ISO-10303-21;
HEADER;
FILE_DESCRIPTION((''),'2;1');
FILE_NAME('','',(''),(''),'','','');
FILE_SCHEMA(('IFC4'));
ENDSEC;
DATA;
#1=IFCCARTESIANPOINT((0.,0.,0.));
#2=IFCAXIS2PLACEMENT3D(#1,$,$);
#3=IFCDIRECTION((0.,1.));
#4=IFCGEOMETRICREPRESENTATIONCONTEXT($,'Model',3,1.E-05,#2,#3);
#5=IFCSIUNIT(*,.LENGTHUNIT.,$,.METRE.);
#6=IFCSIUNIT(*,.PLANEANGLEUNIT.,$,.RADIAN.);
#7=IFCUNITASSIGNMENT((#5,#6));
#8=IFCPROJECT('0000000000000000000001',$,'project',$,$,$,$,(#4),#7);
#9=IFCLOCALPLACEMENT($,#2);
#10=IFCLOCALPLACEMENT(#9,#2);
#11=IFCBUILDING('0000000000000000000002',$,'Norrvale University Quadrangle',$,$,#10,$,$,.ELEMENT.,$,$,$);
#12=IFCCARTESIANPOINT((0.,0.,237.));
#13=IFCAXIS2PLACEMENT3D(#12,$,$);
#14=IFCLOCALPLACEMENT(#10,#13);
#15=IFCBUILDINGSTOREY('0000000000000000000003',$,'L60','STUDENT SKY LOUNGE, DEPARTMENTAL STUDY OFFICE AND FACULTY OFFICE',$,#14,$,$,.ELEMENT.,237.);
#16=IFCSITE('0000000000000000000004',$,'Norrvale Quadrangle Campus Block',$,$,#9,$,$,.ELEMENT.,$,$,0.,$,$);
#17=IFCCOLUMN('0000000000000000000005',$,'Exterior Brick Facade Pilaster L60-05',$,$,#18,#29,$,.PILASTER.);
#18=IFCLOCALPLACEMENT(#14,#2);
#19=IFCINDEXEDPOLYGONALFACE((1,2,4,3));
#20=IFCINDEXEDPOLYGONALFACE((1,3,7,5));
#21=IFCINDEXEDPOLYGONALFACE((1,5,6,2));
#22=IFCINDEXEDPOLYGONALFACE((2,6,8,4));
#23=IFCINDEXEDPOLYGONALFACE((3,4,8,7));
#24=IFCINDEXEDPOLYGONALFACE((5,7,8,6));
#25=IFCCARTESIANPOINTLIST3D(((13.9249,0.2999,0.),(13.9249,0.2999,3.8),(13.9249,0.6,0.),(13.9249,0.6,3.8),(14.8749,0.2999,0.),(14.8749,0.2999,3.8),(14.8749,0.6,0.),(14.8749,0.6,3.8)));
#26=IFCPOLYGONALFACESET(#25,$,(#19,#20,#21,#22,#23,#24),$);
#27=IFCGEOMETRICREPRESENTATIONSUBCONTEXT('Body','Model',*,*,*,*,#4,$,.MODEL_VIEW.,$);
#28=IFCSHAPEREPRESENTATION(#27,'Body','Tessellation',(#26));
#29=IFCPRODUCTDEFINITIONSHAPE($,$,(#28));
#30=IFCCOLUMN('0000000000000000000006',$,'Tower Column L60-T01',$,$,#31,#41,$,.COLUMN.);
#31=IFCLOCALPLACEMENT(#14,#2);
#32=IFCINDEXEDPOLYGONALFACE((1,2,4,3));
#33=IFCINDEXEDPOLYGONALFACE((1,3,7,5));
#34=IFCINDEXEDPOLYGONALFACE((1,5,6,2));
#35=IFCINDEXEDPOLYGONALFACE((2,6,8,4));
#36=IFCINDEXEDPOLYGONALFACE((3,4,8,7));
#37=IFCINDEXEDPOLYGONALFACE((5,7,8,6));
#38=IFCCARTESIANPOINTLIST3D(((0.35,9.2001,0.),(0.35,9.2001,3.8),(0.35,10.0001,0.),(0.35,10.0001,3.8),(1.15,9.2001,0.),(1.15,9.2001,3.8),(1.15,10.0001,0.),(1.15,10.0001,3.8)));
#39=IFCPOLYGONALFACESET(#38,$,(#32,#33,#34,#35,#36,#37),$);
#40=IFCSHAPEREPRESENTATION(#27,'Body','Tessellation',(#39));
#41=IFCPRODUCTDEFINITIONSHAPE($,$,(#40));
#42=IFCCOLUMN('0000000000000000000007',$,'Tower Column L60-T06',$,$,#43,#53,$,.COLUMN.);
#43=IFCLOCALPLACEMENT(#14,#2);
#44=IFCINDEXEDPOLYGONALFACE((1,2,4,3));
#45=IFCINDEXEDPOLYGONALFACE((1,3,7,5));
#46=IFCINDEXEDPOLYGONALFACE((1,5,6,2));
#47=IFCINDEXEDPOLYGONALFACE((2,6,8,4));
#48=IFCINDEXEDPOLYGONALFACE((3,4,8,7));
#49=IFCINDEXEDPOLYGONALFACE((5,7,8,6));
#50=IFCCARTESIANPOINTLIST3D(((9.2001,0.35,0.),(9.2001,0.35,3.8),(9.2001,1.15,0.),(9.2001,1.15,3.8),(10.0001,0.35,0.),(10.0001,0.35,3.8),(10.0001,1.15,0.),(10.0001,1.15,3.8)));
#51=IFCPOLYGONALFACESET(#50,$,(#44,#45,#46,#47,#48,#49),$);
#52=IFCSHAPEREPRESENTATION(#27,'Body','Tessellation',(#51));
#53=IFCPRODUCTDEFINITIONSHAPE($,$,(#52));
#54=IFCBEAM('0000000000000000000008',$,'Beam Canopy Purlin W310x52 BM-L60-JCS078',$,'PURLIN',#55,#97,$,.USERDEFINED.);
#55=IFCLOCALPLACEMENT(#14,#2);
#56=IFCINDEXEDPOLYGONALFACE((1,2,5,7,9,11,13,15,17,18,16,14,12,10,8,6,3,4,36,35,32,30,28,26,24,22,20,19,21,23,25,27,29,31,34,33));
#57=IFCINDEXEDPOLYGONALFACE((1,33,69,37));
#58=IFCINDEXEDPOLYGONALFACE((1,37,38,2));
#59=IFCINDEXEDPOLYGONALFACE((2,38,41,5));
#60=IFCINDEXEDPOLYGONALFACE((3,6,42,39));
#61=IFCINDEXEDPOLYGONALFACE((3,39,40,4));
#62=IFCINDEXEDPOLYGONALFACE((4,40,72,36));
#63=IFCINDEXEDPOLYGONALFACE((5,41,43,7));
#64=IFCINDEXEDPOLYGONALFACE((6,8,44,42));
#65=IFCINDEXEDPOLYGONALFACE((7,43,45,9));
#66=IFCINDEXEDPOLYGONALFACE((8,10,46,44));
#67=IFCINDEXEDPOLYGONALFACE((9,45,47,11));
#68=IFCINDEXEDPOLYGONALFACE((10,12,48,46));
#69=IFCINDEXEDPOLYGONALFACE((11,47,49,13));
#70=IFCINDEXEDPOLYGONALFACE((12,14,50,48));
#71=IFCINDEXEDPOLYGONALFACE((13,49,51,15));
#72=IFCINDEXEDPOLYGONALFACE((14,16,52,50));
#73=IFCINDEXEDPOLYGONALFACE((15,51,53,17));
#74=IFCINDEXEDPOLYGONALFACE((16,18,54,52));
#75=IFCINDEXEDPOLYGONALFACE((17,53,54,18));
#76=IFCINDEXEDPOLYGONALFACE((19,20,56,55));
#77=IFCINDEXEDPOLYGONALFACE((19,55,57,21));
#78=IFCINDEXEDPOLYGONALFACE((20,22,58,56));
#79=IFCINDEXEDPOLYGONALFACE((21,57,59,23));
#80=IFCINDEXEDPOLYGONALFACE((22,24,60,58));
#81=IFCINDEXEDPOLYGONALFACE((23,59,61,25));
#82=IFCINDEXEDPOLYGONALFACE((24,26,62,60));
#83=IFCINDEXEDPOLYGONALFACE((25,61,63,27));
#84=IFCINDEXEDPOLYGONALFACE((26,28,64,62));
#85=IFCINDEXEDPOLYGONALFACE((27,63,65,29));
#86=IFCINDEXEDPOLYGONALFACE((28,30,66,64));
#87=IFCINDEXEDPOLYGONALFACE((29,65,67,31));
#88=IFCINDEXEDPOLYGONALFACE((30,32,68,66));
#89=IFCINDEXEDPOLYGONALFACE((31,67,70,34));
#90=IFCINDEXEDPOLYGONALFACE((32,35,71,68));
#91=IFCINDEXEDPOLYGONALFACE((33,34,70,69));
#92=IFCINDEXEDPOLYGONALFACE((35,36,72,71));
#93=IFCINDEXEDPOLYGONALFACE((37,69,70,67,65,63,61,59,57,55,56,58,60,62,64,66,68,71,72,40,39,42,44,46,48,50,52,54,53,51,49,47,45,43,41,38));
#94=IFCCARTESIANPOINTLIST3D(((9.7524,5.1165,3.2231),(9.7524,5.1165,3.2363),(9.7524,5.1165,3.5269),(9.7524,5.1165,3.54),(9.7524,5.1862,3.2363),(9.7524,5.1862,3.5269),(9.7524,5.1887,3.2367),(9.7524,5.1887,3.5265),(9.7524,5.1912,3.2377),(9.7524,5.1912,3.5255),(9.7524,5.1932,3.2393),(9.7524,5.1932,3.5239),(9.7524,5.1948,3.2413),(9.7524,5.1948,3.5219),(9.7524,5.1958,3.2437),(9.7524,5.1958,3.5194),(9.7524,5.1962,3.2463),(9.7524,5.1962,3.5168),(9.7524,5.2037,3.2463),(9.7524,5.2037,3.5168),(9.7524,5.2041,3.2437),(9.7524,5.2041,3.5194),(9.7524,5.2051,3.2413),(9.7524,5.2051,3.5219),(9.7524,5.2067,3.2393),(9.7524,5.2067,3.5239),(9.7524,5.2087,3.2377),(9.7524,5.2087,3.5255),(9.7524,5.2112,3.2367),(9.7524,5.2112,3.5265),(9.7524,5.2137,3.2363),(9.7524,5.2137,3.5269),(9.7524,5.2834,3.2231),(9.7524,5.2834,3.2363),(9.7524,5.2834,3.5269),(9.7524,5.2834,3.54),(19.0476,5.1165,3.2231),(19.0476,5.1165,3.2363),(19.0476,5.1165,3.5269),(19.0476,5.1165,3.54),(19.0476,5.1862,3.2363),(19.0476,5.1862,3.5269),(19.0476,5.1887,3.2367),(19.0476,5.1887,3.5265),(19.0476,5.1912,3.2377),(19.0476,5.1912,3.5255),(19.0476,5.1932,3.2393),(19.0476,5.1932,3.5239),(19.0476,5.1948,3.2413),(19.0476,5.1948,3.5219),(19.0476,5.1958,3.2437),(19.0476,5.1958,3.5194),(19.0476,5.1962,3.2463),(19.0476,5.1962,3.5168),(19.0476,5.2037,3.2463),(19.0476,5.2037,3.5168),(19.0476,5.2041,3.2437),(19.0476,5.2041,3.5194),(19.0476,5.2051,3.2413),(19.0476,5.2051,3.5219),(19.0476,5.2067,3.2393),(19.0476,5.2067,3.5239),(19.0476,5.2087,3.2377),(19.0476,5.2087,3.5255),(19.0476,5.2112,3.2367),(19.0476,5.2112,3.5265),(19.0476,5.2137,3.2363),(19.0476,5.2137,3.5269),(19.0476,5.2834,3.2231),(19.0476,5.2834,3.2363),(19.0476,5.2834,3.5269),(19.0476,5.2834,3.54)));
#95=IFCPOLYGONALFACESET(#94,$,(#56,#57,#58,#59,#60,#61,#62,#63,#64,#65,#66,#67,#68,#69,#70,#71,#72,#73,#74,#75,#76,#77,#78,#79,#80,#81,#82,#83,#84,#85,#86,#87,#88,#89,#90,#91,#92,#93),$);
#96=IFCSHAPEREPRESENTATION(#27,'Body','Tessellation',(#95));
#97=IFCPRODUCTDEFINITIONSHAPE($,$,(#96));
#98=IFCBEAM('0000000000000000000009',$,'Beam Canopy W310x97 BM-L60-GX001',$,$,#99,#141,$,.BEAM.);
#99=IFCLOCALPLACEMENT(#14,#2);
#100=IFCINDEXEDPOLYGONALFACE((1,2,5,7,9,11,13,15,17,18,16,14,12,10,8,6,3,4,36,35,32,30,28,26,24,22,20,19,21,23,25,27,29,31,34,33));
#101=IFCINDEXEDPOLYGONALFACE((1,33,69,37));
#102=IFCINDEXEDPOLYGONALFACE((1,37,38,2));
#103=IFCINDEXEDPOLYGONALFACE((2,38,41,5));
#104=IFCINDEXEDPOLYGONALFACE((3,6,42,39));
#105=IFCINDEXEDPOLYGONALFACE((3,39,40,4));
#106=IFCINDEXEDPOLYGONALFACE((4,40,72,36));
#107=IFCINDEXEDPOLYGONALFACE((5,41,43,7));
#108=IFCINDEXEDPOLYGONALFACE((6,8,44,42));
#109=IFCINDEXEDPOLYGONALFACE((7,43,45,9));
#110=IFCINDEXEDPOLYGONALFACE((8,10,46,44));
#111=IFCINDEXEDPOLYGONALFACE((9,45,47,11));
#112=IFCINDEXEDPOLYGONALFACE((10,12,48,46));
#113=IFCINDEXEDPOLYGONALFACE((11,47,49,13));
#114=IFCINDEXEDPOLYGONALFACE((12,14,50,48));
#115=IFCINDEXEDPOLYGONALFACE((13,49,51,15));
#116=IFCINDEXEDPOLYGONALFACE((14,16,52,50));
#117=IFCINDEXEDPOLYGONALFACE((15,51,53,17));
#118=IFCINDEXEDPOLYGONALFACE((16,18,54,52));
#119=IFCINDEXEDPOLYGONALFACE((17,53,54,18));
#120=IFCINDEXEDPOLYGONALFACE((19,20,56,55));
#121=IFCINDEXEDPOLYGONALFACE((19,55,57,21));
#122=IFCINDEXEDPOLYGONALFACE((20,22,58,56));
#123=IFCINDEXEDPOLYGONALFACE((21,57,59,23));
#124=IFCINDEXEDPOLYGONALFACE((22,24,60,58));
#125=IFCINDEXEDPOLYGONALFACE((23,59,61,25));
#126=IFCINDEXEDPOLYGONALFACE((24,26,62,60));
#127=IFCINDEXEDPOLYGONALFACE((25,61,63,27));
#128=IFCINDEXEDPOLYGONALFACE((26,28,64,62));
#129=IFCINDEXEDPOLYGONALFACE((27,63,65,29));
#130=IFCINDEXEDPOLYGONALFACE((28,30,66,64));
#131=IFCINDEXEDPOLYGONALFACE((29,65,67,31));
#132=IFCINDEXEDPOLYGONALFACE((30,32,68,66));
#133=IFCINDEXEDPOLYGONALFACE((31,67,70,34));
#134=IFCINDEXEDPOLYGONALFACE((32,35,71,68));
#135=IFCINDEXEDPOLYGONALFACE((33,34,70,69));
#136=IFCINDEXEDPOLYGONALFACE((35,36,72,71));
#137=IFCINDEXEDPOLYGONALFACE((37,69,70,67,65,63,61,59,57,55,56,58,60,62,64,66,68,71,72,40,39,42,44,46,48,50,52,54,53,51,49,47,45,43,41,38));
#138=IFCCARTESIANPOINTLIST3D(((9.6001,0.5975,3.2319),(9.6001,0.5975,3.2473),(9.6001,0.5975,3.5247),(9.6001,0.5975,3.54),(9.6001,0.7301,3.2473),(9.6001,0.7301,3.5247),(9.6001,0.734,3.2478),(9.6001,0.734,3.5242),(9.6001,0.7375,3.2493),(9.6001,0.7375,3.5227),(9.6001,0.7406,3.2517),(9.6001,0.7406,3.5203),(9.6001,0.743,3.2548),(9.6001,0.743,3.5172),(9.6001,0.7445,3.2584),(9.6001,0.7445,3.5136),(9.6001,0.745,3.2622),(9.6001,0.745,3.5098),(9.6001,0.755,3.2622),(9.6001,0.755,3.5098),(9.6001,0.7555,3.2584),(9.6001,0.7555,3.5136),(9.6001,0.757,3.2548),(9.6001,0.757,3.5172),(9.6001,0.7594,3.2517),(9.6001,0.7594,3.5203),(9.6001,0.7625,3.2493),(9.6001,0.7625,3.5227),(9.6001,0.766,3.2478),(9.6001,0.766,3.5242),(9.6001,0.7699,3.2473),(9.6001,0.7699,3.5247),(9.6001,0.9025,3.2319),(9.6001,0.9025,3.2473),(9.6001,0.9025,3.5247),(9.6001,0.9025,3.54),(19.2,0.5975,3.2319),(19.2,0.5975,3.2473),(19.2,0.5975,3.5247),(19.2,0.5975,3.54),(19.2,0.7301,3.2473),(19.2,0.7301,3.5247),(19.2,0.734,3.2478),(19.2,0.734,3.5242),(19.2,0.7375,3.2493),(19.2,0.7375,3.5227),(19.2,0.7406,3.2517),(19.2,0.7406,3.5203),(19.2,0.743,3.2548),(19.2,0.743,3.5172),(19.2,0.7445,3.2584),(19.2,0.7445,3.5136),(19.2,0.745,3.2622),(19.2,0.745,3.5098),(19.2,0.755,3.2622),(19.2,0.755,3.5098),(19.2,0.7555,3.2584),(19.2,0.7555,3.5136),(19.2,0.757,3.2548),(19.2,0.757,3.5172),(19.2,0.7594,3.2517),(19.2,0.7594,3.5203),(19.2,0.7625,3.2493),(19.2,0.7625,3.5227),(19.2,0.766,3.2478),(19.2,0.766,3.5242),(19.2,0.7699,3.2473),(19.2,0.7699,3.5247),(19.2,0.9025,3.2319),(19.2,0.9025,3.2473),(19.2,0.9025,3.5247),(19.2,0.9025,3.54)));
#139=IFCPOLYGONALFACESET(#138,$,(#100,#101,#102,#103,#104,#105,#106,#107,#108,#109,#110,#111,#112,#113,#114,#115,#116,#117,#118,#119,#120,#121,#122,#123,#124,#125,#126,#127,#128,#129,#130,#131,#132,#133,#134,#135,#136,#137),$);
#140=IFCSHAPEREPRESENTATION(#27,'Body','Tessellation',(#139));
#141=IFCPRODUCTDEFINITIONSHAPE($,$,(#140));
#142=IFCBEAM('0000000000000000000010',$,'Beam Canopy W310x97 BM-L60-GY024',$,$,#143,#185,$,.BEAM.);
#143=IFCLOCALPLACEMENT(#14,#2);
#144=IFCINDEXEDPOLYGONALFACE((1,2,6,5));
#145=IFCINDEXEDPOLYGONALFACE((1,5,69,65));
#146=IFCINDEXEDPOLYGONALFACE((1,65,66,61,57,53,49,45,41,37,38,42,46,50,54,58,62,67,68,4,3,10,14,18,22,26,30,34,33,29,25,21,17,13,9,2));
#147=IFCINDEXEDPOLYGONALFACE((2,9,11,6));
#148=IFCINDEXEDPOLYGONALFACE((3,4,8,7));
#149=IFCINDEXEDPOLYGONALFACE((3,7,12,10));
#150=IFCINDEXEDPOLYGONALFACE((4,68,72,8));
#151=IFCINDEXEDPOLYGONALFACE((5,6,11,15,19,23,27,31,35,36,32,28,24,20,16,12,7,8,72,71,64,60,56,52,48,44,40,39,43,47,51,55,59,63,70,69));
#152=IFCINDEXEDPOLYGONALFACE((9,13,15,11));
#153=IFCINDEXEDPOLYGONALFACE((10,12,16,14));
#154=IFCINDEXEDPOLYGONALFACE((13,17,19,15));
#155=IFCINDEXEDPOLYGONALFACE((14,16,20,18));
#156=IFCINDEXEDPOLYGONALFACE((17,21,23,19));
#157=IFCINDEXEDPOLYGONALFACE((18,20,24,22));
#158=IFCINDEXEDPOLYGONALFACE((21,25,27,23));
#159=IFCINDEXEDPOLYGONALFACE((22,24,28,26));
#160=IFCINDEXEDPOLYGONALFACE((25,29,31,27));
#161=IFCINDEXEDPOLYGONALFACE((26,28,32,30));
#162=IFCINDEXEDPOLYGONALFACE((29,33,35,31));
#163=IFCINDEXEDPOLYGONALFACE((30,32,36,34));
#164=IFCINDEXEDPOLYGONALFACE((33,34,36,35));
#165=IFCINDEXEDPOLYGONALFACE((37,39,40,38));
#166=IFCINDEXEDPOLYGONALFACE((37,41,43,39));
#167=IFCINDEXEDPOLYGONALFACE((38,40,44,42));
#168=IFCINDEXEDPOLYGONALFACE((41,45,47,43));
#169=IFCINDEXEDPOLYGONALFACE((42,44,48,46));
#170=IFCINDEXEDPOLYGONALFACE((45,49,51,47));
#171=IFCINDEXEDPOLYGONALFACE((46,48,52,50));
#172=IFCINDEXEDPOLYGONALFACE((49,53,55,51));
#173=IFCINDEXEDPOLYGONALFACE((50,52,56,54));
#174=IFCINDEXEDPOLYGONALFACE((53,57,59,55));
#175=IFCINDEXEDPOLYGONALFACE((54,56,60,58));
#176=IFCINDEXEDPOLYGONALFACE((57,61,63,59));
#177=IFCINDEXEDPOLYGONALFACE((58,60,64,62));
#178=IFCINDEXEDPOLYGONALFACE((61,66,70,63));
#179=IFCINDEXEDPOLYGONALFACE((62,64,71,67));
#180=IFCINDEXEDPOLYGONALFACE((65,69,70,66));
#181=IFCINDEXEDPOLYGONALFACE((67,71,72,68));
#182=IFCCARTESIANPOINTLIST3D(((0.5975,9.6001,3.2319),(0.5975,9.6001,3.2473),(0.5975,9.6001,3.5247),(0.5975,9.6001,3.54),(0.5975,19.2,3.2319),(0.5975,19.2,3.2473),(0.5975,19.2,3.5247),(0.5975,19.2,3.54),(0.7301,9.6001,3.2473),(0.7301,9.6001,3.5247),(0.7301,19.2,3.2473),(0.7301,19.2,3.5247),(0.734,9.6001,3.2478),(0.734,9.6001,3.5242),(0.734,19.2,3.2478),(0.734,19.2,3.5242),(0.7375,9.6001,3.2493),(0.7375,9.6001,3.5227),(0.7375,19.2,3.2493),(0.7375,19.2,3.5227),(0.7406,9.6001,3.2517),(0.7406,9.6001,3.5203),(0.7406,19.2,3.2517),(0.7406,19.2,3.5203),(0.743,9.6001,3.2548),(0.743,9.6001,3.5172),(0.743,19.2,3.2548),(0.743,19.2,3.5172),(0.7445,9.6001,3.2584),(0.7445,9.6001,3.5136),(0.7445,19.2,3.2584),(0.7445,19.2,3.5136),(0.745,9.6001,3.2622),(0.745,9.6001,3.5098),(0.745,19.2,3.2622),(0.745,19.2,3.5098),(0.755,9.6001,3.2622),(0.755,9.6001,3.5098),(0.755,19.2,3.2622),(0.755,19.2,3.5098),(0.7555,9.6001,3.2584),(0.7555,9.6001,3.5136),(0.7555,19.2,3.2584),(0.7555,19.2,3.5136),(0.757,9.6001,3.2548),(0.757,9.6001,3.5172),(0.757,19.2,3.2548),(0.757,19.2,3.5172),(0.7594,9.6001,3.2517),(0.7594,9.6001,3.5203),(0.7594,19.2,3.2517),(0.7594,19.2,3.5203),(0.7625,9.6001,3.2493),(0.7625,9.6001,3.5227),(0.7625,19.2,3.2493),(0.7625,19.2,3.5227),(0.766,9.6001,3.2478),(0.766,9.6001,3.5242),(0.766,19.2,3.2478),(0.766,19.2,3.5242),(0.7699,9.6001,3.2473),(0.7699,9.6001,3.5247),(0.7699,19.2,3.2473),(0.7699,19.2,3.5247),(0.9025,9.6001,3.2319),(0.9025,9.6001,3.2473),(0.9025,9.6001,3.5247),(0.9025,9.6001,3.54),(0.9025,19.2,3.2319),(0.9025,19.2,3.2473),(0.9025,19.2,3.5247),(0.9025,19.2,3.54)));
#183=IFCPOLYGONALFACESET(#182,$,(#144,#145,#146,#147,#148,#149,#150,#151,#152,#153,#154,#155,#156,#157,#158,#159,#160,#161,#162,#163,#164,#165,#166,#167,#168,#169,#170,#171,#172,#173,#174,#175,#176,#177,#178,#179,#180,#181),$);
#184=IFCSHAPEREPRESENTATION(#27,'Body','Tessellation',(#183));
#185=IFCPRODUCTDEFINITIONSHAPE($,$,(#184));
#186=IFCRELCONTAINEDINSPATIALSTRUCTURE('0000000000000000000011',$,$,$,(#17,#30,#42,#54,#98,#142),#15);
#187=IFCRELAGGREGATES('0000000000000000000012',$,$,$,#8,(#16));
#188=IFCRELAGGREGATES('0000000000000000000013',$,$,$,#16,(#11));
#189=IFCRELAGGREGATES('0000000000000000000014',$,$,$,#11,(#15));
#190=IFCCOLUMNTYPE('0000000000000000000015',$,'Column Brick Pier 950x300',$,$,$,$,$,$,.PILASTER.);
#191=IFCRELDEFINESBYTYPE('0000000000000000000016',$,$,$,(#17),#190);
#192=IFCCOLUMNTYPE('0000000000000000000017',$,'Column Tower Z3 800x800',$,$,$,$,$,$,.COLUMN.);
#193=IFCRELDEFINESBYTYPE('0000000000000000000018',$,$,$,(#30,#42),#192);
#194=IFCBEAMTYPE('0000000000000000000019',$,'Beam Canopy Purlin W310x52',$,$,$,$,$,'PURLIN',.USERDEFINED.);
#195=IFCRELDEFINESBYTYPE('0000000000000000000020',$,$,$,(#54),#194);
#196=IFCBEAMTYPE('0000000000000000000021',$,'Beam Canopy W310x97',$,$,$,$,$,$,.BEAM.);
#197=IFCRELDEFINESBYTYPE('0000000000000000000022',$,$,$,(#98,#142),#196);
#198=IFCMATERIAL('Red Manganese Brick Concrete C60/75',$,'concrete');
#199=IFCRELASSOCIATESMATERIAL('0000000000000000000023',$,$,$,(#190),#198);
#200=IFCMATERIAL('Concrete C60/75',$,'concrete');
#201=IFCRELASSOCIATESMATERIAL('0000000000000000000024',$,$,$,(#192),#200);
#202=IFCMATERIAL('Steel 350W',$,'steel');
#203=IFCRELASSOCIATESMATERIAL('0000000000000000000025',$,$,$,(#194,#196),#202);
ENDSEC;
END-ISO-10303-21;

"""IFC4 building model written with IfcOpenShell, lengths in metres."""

from ifc_helpers import new_model, si_unit, direction, frame, origin, origin_2d, place, context, subcontext, project, spatial, rectangle, i_section, extrude, material, material_profile, profile_set, type_object, element, save


model = new_model("IFC4")

# Units and contexts
model_context = context("Model", 3, precision=1e-05, world=origin(), true_north=direction((0.0, 1.0)))
body_context = subcontext(model_context, "Body", "Model", "MODEL_VIEW")
ifc_project = project(units=[si_unit("LENGTHUNIT", "METRE"), si_unit("PLANEANGLEUNIT", "RADIAN")], contexts=[model_context])

# Site, building, storey
site_placement = place(None, origin())
site = spatial("IfcSite", under=ifc_project, at=site_placement, Name="Norrvale Quadrangle Campus Block", CompositionType="ELEMENT", RefElevation=0.0)
building_placement = place(site_placement, origin())
building = spatial("IfcBuilding", under=site, at=building_placement, Name="Norrvale University Quadrangle", CompositionType="ELEMENT")
storey_placement = place(building_placement, frame((0.0, 0.0, 237.0)))
storey = spatial("IfcBuildingStorey", under=building, at=storey_placement, Name="L60", Description="STUDENT SKY LOUNGE, DEPARTMENTAL STUDY OFFICE AND FACULTY OFFICE", CompositionType="ELEMENT", Elevation=237.0)

# Columns
ifc_material_1 = material(Name="Red Manganese Brick Concrete C60/75", Category="concrete")
ifc_material_profile_1 = material_profile(ifc_material_1, rectangle(XDim=0.95, YDim=0.3, at=origin_2d()), Name="Red Manganese Brick Concrete C60/75")
ifc_profile_set_1 = profile_set([ifc_material_profile_1], Name="Red Manganese Brick Concrete C60/75")
column_type_1 = type_object("IfcColumnType", Name="Column Brick Pier 950x300", PredefinedType="PILASTER", material=ifc_profile_set_1)
column_placement = place(storey_placement, frame((14.3999, 0.45, 0.0), z_axis=(0.0, 0.0, 1.0), x_axis=(1.0, 0.0, 0.0)))
element("IfcColumn", 1, at=column_placement, inside=storey, type_object=column_type_1, Name="Exterior Brick Facade Pilaster L60-05", PredefinedType="PILASTER", context=body_context, shape_type="SweptSolid", body=[
    extrude(rectangle(XDim=0.95, YDim=0.3, at=origin_2d()), origin(), (0.0, 0.0, 1.0), 3.8),
])
ifc_material_2 = material(Name="Concrete C60/75", Category="concrete")
ifc_material_profile_2 = material_profile(ifc_material_2, rectangle(XDim=0.8, YDim=0.8, at=origin_2d()), Name="Concrete C60/75")
ifc_profile_set_2 = profile_set([ifc_material_profile_2], Name="Concrete C60/75")
column_type_2 = type_object("IfcColumnType", Name="Column Tower Z3 800x800", PredefinedType="COLUMN", material=ifc_profile_set_2)
for number, where, z_axis, x_axis, name in (
    (2, (0.75, 9.6001, 0.0), (0.0, 0.0, 1.0), (1.0, 0.0, 0.0), "Tower Column L60-T01"),
    (3, (9.6001, 0.75, 0.0), (0.0, 0.0, 1.0), (1.0, 0.0, 0.0), "Tower Column L60-T06"),
):
    element("IfcColumn", number, at=place(storey_placement, frame(where, z_axis=z_axis, x_axis=x_axis)), inside=storey, type_object=column_type_2, Name=name, PredefinedType="COLUMN", context=body_context, shape_type="SweptSolid", body=[
        extrude(rectangle(XDim=0.8, YDim=0.8, at=origin_2d()), origin(), (0.0, 0.0, 1.0), 3.8),
    ])

# Beams
ifc_material_3 = material(Name="Steel 350W", Category="steel")
ifc_material_profile_3 = material_profile(ifc_material_3, i_section(OverallWidth=0.167, OverallDepth=0.3169, WebThickness=0.0076, FlangeThickness=0.0132, FilletRadius=0.01, at=origin_2d()), Name="Steel 350W")
ifc_profile_set_3 = profile_set([ifc_material_profile_3], Name="Steel 350W")
beam_type_1 = type_object("IfcBeamType", Name="Beam Canopy Purlin W310x52", ElementType="PURLIN", PredefinedType="USERDEFINED", material=ifc_profile_set_3)
beam_1_placement = place(storey_placement, frame((9.7524, 5.2, 3.3816), z_axis=(1.0, 0.0, 0.0), x_axis=(0.0, 1.0, 0.0)))
element("IfcBeam", 4, at=beam_1_placement, inside=storey, type_object=beam_type_1, Name="Beam Canopy Purlin W310x52 BM-L60-JCS078", ObjectType="PURLIN", PredefinedType="USERDEFINED", context=body_context, shape_type="SweptSolid", body=[
    extrude(i_section(OverallWidth=0.167, OverallDepth=0.3169, WebThickness=0.0076, FlangeThickness=0.0132, FilletRadius=0.01, at=origin_2d()), origin(), (0.0, 0.0, 1.0), 9.2952),
])
ifc_material_profile_4 = material_profile(ifc_material_3, i_section(OverallWidth=0.3049, OverallDepth=0.3081, WebThickness=0.01, FlangeThickness=0.0154, FilletRadius=0.0149, at=origin_2d()), Name="Steel 350W")
ifc_profile_set_4 = profile_set([ifc_material_profile_4], Name="Steel 350W")
beam_type_2 = type_object("IfcBeamType", Name="Beam Canopy W310x97", PredefinedType="BEAM", material=ifc_profile_set_4)
for number, where, z_axis, x_axis, name in (
    (5, (9.6001, 0.75, 3.386), (1.0, 0.0, 0.0), (0.0, 1.0, 0.0), "Beam Canopy W310x97 BM-L60-GX001"),
    (6, (0.75, 9.6001, 3.386), (0.0, 1.0, 0.0), (-1.0, 0.0, 0.0), "Beam Canopy W310x97 BM-L60-GY024"),
):
    element("IfcBeam", number, at=place(storey_placement, frame(where, z_axis=z_axis, x_axis=x_axis)), inside=storey, type_object=beam_type_2, Name=name, PredefinedType="BEAM", context=body_context, shape_type="SweptSolid", body=[
        extrude(i_section(OverallWidth=0.3049, OverallDepth=0.3081, WebThickness=0.01, FlangeThickness=0.0154, FilletRadius=0.0149, at=origin_2d()), origin(), (0.0, 0.0, 1.0), 9.5999),
    ])

save(model, "model.ifc")
